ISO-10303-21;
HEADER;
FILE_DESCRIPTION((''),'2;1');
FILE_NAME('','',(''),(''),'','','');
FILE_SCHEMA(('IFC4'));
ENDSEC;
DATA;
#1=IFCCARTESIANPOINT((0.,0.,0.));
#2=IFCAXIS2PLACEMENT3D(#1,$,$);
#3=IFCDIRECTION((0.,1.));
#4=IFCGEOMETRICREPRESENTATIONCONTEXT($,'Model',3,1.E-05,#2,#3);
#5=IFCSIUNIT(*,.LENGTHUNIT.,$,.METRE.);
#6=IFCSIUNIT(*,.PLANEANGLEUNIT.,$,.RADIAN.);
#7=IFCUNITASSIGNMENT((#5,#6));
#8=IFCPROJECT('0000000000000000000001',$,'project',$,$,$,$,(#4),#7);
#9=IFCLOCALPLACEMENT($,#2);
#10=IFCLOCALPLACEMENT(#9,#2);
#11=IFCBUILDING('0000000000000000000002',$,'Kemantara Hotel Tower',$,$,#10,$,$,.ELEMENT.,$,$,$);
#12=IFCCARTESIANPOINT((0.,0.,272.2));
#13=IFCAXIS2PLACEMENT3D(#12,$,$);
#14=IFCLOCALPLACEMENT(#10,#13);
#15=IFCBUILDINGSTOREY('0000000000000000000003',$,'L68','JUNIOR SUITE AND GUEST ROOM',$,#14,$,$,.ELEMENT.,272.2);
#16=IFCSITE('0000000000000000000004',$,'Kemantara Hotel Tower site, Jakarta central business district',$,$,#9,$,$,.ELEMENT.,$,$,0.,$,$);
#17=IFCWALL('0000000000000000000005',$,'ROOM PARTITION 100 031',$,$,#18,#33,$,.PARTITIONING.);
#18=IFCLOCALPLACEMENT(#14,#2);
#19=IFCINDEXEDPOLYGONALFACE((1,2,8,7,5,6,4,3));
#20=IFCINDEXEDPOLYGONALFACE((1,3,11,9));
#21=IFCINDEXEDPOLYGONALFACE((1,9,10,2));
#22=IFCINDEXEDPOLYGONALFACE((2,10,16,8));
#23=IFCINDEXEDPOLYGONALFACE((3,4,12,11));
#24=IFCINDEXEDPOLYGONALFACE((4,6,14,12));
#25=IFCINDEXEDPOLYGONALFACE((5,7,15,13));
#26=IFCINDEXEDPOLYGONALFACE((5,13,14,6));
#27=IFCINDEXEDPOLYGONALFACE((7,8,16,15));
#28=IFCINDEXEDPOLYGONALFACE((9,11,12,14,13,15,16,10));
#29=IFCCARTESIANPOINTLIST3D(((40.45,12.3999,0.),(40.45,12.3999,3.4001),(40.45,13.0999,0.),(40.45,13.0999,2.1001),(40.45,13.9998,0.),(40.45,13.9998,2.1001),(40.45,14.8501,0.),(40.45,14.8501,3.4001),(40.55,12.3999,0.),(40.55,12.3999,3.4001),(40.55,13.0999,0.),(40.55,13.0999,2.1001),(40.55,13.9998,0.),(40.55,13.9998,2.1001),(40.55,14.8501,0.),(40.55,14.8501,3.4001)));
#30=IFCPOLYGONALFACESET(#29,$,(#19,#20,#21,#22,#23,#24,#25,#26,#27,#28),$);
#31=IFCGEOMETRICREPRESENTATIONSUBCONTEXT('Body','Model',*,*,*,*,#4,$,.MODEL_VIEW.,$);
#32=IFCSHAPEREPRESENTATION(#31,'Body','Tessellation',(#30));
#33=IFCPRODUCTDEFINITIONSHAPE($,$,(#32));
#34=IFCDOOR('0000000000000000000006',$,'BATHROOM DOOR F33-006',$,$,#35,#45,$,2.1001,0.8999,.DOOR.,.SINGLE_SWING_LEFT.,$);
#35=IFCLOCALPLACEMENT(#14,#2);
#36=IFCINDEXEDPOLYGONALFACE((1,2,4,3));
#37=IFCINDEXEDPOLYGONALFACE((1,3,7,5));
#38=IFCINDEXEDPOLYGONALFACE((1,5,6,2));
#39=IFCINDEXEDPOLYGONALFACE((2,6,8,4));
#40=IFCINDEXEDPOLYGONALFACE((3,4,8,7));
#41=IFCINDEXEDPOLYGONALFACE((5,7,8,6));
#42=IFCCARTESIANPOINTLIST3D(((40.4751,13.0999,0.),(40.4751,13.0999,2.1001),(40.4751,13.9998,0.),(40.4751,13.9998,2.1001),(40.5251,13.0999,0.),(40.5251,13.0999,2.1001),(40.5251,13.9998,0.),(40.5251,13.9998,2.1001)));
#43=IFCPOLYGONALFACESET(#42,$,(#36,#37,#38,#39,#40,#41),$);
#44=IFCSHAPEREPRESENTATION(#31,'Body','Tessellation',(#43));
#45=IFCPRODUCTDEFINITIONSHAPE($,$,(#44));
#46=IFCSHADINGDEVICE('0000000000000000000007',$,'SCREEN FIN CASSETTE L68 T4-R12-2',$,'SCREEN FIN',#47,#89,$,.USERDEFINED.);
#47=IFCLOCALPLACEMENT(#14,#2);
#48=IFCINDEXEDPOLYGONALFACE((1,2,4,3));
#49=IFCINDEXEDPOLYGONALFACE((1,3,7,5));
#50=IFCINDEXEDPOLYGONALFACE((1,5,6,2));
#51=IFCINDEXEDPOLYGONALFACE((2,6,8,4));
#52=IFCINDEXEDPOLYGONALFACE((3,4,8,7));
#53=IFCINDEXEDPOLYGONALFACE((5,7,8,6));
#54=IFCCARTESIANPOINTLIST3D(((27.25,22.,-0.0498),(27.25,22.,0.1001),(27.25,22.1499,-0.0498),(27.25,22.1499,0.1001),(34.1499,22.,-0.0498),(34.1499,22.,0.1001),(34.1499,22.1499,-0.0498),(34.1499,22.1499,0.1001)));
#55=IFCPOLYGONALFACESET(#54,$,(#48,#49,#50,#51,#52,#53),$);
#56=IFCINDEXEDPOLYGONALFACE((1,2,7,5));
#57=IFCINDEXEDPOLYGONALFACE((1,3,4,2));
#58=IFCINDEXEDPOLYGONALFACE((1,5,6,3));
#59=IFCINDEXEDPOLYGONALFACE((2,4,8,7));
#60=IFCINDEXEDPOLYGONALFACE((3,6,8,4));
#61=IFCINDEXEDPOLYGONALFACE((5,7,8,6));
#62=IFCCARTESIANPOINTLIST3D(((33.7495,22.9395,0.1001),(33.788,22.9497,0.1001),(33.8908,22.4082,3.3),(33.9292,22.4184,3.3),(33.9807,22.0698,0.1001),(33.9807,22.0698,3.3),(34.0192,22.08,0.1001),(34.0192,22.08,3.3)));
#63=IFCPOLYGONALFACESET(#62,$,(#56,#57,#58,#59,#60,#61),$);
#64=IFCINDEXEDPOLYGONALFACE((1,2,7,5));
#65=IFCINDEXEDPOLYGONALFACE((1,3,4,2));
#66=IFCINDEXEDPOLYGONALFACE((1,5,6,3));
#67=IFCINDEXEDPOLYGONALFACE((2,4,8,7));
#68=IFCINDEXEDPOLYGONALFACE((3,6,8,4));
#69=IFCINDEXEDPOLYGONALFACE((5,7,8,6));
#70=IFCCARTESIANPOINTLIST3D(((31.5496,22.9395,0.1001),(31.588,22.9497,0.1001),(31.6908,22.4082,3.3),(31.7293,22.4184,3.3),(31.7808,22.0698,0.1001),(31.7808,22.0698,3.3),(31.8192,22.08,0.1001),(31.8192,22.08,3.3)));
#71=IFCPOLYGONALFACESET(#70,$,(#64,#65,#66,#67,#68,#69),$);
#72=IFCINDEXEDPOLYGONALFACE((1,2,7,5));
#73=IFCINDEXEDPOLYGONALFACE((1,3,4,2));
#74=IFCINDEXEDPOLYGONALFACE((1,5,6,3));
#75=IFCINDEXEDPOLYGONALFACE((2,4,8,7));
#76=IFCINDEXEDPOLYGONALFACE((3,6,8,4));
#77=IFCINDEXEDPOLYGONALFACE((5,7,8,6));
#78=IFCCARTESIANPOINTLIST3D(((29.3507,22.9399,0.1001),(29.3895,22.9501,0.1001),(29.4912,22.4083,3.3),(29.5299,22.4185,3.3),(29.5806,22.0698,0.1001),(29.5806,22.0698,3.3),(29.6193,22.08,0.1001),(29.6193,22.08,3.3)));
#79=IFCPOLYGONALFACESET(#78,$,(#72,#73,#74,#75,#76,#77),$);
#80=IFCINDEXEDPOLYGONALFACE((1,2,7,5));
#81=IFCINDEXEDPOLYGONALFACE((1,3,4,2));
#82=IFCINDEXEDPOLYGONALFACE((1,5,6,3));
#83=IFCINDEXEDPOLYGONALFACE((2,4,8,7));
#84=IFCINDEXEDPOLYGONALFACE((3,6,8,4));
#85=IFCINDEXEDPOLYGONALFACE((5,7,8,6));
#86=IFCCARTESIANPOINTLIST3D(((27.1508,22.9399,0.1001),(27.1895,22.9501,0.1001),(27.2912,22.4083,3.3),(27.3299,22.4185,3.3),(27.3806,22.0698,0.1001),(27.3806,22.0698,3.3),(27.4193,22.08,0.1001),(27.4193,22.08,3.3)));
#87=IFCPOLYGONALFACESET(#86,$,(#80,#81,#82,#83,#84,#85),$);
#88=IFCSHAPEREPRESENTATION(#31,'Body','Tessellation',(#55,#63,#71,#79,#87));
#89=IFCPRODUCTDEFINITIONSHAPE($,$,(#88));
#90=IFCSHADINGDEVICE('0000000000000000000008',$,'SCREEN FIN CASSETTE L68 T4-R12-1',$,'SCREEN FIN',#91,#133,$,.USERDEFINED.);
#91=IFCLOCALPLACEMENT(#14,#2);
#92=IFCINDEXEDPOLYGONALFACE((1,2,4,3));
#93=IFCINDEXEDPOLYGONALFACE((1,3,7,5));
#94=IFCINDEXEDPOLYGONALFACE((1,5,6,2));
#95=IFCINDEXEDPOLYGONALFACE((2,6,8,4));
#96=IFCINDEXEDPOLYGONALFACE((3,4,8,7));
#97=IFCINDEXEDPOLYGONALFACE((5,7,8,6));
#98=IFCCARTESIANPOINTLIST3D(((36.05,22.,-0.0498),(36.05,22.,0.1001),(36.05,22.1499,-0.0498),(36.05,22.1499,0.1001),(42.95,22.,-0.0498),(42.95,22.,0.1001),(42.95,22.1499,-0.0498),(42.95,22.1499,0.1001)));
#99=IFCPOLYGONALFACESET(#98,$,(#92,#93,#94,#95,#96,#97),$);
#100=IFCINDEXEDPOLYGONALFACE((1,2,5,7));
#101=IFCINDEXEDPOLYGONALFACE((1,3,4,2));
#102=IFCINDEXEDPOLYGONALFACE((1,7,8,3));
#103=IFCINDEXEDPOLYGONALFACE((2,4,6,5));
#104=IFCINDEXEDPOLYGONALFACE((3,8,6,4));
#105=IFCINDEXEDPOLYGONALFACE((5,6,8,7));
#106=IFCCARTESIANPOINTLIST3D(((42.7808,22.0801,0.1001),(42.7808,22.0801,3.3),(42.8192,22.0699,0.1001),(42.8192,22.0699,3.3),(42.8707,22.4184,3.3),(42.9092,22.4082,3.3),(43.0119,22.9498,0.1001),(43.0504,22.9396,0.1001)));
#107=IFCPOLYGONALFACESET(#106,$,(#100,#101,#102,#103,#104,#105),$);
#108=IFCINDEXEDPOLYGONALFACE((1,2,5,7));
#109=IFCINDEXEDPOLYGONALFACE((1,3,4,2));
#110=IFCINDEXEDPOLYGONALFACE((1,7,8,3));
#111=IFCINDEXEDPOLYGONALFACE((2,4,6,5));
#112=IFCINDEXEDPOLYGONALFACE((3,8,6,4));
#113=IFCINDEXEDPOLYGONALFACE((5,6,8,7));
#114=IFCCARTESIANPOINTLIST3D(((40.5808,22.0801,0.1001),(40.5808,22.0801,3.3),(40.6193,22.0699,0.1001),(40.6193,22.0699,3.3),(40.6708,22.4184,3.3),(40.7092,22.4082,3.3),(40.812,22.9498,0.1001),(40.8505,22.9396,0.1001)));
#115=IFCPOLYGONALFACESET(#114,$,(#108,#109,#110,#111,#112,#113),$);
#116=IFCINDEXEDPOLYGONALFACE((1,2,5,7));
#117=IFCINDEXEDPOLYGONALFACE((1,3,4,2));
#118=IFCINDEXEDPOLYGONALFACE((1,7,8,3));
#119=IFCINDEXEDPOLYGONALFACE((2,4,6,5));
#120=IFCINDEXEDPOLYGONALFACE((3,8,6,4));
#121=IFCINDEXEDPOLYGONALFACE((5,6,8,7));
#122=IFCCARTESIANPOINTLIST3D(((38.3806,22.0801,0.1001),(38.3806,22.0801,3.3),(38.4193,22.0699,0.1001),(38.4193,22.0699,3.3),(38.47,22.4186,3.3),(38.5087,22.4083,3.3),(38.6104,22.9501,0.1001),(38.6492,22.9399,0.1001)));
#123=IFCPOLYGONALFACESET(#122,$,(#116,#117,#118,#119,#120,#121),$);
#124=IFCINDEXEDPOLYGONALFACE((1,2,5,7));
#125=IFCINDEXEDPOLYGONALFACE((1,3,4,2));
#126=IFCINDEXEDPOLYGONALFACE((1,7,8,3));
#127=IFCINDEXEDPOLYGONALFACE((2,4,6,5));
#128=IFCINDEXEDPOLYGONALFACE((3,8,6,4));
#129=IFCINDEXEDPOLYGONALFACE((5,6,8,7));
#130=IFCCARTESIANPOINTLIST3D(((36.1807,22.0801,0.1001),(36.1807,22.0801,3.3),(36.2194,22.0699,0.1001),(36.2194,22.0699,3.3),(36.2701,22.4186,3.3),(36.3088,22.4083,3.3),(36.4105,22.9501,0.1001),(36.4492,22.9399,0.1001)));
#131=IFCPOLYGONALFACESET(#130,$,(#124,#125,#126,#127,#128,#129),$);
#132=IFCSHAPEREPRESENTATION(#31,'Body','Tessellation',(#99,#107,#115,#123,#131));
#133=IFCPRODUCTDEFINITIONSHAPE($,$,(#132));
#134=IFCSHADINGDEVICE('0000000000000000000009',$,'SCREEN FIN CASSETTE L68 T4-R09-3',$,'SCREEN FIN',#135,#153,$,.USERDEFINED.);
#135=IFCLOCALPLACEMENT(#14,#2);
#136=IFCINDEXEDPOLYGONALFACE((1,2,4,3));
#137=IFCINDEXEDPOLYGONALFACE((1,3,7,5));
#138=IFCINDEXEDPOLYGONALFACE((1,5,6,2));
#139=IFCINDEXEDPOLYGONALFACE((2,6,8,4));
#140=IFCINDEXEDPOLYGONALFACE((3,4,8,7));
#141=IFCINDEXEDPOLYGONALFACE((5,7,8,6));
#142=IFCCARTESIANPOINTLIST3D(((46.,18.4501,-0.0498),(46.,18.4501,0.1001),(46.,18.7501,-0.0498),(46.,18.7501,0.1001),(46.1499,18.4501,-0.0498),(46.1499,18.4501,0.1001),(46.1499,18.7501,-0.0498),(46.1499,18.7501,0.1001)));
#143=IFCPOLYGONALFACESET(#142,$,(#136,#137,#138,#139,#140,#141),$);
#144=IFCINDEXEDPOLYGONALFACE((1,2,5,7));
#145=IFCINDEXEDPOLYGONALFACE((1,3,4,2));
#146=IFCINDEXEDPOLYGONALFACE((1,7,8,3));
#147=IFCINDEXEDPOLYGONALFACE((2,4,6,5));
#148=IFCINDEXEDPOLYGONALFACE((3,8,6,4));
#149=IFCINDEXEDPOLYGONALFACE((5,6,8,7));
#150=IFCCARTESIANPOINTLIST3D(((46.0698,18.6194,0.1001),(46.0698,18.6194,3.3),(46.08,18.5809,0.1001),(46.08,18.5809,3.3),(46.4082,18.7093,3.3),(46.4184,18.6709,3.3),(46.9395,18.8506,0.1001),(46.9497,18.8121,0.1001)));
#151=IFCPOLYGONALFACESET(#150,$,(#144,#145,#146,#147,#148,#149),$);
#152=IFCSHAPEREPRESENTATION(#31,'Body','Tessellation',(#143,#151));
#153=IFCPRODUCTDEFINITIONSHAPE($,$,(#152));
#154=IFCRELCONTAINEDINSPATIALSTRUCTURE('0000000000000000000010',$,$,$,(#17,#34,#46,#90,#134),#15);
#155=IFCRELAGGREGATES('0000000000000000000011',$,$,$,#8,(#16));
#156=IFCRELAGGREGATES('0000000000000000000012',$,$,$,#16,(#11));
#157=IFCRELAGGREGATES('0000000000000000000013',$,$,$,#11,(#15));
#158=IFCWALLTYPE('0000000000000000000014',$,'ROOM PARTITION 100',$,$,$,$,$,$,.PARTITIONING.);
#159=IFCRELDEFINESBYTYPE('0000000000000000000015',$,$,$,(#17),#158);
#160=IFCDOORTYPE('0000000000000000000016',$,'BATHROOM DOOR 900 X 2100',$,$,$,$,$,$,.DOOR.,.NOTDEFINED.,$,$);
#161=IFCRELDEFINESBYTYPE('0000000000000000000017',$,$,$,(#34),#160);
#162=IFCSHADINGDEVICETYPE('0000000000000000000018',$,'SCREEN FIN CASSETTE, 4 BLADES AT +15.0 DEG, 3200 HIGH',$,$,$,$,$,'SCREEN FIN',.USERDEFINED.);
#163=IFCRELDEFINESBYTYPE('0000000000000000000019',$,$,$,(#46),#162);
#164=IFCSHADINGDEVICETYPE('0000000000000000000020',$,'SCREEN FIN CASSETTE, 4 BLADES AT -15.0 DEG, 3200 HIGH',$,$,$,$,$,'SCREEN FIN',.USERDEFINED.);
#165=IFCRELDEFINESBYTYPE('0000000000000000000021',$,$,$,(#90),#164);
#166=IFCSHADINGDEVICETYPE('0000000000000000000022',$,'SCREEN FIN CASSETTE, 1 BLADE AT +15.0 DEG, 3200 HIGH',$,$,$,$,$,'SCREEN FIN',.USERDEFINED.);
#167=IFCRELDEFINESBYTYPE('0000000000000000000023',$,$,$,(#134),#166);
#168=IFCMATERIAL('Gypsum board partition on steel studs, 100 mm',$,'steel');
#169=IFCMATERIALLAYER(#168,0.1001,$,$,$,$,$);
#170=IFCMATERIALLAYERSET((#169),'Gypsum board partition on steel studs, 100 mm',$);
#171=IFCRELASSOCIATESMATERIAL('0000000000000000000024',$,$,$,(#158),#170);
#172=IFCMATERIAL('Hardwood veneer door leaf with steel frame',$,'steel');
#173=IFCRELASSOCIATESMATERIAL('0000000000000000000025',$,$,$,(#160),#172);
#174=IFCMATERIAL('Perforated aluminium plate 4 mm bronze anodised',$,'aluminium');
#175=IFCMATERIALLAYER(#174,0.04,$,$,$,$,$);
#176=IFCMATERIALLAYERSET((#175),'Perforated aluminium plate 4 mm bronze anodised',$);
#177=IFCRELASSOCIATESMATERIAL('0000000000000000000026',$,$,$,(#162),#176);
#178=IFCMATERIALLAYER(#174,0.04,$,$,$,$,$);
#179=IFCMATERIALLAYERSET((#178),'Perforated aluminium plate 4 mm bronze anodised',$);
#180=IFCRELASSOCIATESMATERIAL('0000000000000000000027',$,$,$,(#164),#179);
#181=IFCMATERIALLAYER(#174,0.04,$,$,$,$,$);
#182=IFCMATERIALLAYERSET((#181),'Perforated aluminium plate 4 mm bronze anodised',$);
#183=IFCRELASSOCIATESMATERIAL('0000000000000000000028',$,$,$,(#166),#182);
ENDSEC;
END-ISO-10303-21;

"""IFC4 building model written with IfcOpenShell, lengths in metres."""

from ifc_helpers import new_model, si_unit, direction, frame, frame_2d, origin, origin_2d, place, context, subcontext, project, spatial, polyline, rectangle, outline, extrude, source, transform, mapped, material, layer, layer_set, type_object, element, fill, save


model = new_model("IFC4")

# Units and contexts
model_context = context("Model", 3, precision=1e-05, world=origin(), true_north=direction((0.0, 1.0)))
body_context = subcontext(model_context, "Body", "Model", "MODEL_VIEW")
ifc_project = project(units=[si_unit("LENGTHUNIT", "METRE"), si_unit("PLANEANGLEUNIT", "RADIAN")], contexts=[model_context])

# Site, building, storey
site_placement = place(None, origin())
site = spatial("IfcSite", under=ifc_project, at=site_placement, Name="Kemantara Hotel Tower site, Jakarta central business district", CompositionType="ELEMENT", RefElevation=0.0)
building_placement = place(site_placement, origin())
building = spatial("IfcBuilding", under=site, at=building_placement, Name="Kemantara Hotel Tower", CompositionType="ELEMENT")
storey_placement = place(building_placement, frame((0.0, 0.0, 272.2)))
storey = spatial("IfcBuildingStorey", under=building, at=storey_placement, Name="L68", Description="JUNIOR SUITE AND GUEST ROOM", CompositionType="ELEMENT", Elevation=272.2)

# Shared definitions
ifc_material_1 = material(Name="Gypsum board partition on steel studs, 100 mm", Category="steel")
ifc_layer_1 = layer(ifc_material_1, 0.1001)
ifc_layer_set_1 = layer_set([ifc_layer_1], Name="Gypsum board partition on steel studs, 100 mm")
wall_type_1 = type_object("IfcWallType", Name="ROOM PARTITION 100", PredefinedType="PARTITIONING", material=ifc_layer_set_1)

# Wall, opening, door
wall_1_placement = place(storey_placement, frame((40.5, 12.3999, 0.0), z_axis=(0.0, 0.0, 1.0), x_axis=(0.0, 1.0, 0.0)))
wall_1 = element("IfcWall", 1, at=wall_1_placement, inside=storey, type_object=wall_type_1, Name="ROOM PARTITION 100 031", PredefinedType="PARTITIONING", context=body_context, shape_type="SweptSolid", body=[
    extrude(rectangle(XDim=2.4502, YDim=0.1001, at=frame_2d((1.2251, 0.0))), origin(), (0.0, 0.0, 1.0), 3.4001),
])
opening_placement = place(wall_1_placement, frame((0.7, 0.0, 0.0)))
opening = element("IfcOpeningElement", 2, at=opening_placement, cuts=wall_1, PredefinedType="OPENING", context=body_context, shape_type="SweptSolid", body=[
    extrude(rectangle(XDim=0.8999, YDim=2.1001, at=frame_2d((0.45, 1.05))), frame((0.0, 0.0601, 0.0), z_axis=(0.0, -1.0, 0.0), x_axis=(1.0, 0.0, 0.0)), (0.0, 0.0, 1.0), 0.1201),
])
ifc_material_2 = material(Name="Hardwood veneer door leaf with steel frame", Category="steel")
door_type = type_object("IfcDoorType", Name="BATHROOM DOOR 900 X 2100", OperationType="NOTDEFINED", PredefinedType="DOOR", material=ifc_material_2)
door_placement = place(opening_placement, origin())
door = element("IfcDoor", 3, at=door_placement, inside=storey, type_object=door_type, Name="BATHROOM DOOR F33-006", OperationType="SINGLE_SWING_LEFT", OverallHeight=2.1001, OverallWidth=0.8999, PredefinedType="DOOR", context=body_context, shape_type="SweptSolid", body=[
    extrude(rectangle(XDim=0.8999, YDim=2.1001, at=frame_2d((0.45, 1.05))), frame((0.0, 0.0249, 0.0), z_axis=(0.0, -1.0, 0.0), x_axis=(1.0, 0.0, 0.0)), (0.0, 0.0, 1.0), 0.05),
])
fill(opening, door)

# Shading devices
ifc_material_3 = material(Name="Perforated aluminium plate 4 mm bronze anodised", Category="aluminium")
ifc_layer_2 = layer(ifc_material_3, 0.04)
ifc_layer_set_2 = layer_set([ifc_layer_2], Name="Perforated aluminium plate 4 mm bronze anodised")
shading_device_type_1 = type_object("IfcShadingDeviceType", Name="SCREEN FIN CASSETTE, 4 BLADES AT +15.0 DEG, 3200 HIGH", ElementType="SCREEN FIN", PredefinedType="USERDEFINED", material=ifc_layer_set_2)
shared_shape_1 = source(origin(), body_context, "Body", "SweptSolid", [
    extrude(rectangle(XDim=6.8999, YDim=0.1499, at=origin_2d()), frame((3.3, -0.075, -0.1499), z_axis=(0.0, 0.0, 1.0), x_axis=(1.0, 0.0, 0.0)), (0.0, 0.0, 1.0), 0.1499),
    extrude(outline(polyline([(0.0, 0.0), (0.8999, 0.0), (0.3501, 3.2), (0.0, 3.2), (0.0, 0.0)])), frame((0.0193, -0.0698, 0.0), z_axis=(-0.966438, -0.256901, 0.0), x_axis=(0.256901, -0.966438, 0.0)), (0.0, 0.0, 1.0), 0.0398),
    extrude(outline(polyline([(0.0, 0.0), (0.8999, 0.0), (0.3501, 3.2), (0.0, 3.2), (0.0, 0.0)])), frame((2.2192, -0.0698, 0.0), z_axis=(-0.966438, -0.256901, 0.0), x_axis=(0.256901, -0.966438, 0.0)), (0.0, 0.0, 1.0), 0.0398),
    extrude(outline(polyline([(0.0, 0.0), (0.8999, 0.0), (0.3501, 3.2), (0.0, 3.2), (0.0, 0.0)])), frame((4.4194, -0.0698, 0.0), z_axis=(-0.966838, -0.255391, 0.0), x_axis=(0.255391, -0.966838, 0.0)), (0.0, 0.0, 1.0), 0.04),
    extrude(outline(polyline([(0.0, 0.0), (0.8999, 0.0), (0.3501, 3.2), (0.0, 3.2), (0.0, 0.0)])), frame((6.6194, -0.0698, 0.0), z_axis=(-0.966838, -0.255391, 0.0), x_axis=(0.255391, -0.966838, 0.0)), (0.0, 0.0, 1.0), 0.04),
])
shading_device_1_placement = place(storey_placement, frame((34.0, 22.0, 0.1001), z_axis=(0.0, 0.0, 1.0), x_axis=(-1.0, 0.0, 0.0)))
element("IfcShadingDevice", 4, at=shading_device_1_placement, inside=storey, type_object=shading_device_type_1, Name="SCREEN FIN CASSETTE L68 T4-R12-2", ObjectType="SCREEN FIN", PredefinedType="USERDEFINED", context=body_context, shape_type="MappedRepresentation", body=[
    mapped(shared_shape_1, transform((0.0, 0.0, 0.0))),
])
ifc_layer_3 = layer(ifc_material_3, 0.04)
ifc_layer_set_3 = layer_set([ifc_layer_3], Name="Perforated aluminium plate 4 mm bronze anodised")
shading_device_type_2 = type_object("IfcShadingDeviceType", Name="SCREEN FIN CASSETTE, 4 BLADES AT -15.0 DEG, 3200 HIGH", ElementType="SCREEN FIN", PredefinedType="USERDEFINED", material=ifc_layer_set_3)
shared_shape_2 = source(origin(), body_context, "Body", "SweptSolid", [
    extrude(rectangle(XDim=6.8999, YDim=0.1499, at=origin_2d()), frame((3.3, -0.075, -0.1499), z_axis=(0.0, 0.0, 1.0), x_axis=(1.0, 0.0, 0.0)), (0.0, 0.0, 1.0), 0.1499),
    extrude(outline(polyline([(0.0, 0.0), (0.8999, 0.0), (0.3501, 3.2), (0.0, 3.2), (0.0, 0.0)])), frame((0.0193, -0.0801, 0.0), z_axis=(-0.966438, 0.256901, 0.0), x_axis=(-0.256901, -0.966438, 0.0)), (0.0, 0.0, 1.0), 0.0398),
    extrude(outline(polyline([(0.0, 0.0), (0.8999, 0.0), (0.3501, 3.2), (0.0, 3.2), (0.0, 0.0)])), frame((2.2192, -0.0801, 0.0), z_axis=(-0.966438, 0.256901, 0.0), x_axis=(-0.256901, -0.966438, 0.0)), (0.0, 0.0, 1.0), 0.0398),
    extrude(outline(polyline([(0.0, 0.0), (0.8999, 0.0), (0.3501, 3.2), (0.0, 3.2), (0.0, 0.0)])), frame((4.4194, -0.0801, 0.0), z_axis=(-0.966838, 0.255391, 0.0), x_axis=(-0.255391, -0.966838, 0.0)), (0.0, 0.0, 1.0), 0.04),
    extrude(outline(polyline([(0.0, 0.0), (0.8999, 0.0), (0.3501, 3.2), (0.0, 3.2), (0.0, 0.0)])), frame((6.6194, -0.0801, 0.0), z_axis=(-0.966838, 0.255391, 0.0), x_axis=(-0.255391, -0.966838, 0.0)), (0.0, 0.0, 1.0), 0.04),
])
shading_device_2_placement = place(storey_placement, frame((42.8, 22.0, 0.1001), z_axis=(0.0, 0.0, 1.0), x_axis=(-1.0, 0.0, 0.0)))
element("IfcShadingDevice", 5, at=shading_device_2_placement, inside=storey, type_object=shading_device_type_2, Name="SCREEN FIN CASSETTE L68 T4-R12-1", ObjectType="SCREEN FIN", PredefinedType="USERDEFINED", context=body_context, shape_type="MappedRepresentation", body=[
    mapped(shared_shape_2, transform((0.0, 0.0, 0.0))),
])
ifc_layer_4 = layer(ifc_material_3, 0.04)
ifc_layer_set_4 = layer_set([ifc_layer_4], Name="Perforated aluminium plate 4 mm bronze anodised")
shading_device_type_3 = type_object("IfcShadingDeviceType", Name="SCREEN FIN CASSETTE, 1 BLADE AT +15.0 DEG, 3200 HIGH", ElementType="SCREEN FIN", PredefinedType="USERDEFINED", material=ifc_layer_set_4)
shared_shape_3 = source(origin(), body_context, "Body", "SweptSolid", [
    extrude(rectangle(XDim=0.3, YDim=0.1499, at=origin_2d()), frame((0.0, -0.075, -0.1499), z_axis=(0.0, 0.0, 1.0), x_axis=(1.0, 0.0, 0.0)), (0.0, 0.0, 1.0), 0.1499),
    extrude(outline(polyline([(0.0, 0.0), (0.8999, 0.0), (0.3501, 3.2), (0.0, 3.2), (0.0, 0.0)])), frame((0.0193, -0.0698, 0.0), z_axis=(-0.966438, -0.256901, 0.0), x_axis=(0.256901, -0.966438, 0.0)), (0.0, 0.0, 1.0), 0.0398),
])
shading_device_3_placement = place(storey_placement, frame((46.0, 18.6001, 0.1001), z_axis=(0.0, 0.0, 1.0), x_axis=(0.0, 1.0, 0.0)))
element("IfcShadingDevice", 6, at=shading_device_3_placement, inside=storey, type_object=shading_device_type_3, Name="SCREEN FIN CASSETTE L68 T4-R09-3", ObjectType="SCREEN FIN", PredefinedType="USERDEFINED", context=body_context, shape_type="MappedRepresentation", body=[
    mapped(shared_shape_3, transform((0.0, 0.0, 0.0))),
])

save(model, "model.ifc")
